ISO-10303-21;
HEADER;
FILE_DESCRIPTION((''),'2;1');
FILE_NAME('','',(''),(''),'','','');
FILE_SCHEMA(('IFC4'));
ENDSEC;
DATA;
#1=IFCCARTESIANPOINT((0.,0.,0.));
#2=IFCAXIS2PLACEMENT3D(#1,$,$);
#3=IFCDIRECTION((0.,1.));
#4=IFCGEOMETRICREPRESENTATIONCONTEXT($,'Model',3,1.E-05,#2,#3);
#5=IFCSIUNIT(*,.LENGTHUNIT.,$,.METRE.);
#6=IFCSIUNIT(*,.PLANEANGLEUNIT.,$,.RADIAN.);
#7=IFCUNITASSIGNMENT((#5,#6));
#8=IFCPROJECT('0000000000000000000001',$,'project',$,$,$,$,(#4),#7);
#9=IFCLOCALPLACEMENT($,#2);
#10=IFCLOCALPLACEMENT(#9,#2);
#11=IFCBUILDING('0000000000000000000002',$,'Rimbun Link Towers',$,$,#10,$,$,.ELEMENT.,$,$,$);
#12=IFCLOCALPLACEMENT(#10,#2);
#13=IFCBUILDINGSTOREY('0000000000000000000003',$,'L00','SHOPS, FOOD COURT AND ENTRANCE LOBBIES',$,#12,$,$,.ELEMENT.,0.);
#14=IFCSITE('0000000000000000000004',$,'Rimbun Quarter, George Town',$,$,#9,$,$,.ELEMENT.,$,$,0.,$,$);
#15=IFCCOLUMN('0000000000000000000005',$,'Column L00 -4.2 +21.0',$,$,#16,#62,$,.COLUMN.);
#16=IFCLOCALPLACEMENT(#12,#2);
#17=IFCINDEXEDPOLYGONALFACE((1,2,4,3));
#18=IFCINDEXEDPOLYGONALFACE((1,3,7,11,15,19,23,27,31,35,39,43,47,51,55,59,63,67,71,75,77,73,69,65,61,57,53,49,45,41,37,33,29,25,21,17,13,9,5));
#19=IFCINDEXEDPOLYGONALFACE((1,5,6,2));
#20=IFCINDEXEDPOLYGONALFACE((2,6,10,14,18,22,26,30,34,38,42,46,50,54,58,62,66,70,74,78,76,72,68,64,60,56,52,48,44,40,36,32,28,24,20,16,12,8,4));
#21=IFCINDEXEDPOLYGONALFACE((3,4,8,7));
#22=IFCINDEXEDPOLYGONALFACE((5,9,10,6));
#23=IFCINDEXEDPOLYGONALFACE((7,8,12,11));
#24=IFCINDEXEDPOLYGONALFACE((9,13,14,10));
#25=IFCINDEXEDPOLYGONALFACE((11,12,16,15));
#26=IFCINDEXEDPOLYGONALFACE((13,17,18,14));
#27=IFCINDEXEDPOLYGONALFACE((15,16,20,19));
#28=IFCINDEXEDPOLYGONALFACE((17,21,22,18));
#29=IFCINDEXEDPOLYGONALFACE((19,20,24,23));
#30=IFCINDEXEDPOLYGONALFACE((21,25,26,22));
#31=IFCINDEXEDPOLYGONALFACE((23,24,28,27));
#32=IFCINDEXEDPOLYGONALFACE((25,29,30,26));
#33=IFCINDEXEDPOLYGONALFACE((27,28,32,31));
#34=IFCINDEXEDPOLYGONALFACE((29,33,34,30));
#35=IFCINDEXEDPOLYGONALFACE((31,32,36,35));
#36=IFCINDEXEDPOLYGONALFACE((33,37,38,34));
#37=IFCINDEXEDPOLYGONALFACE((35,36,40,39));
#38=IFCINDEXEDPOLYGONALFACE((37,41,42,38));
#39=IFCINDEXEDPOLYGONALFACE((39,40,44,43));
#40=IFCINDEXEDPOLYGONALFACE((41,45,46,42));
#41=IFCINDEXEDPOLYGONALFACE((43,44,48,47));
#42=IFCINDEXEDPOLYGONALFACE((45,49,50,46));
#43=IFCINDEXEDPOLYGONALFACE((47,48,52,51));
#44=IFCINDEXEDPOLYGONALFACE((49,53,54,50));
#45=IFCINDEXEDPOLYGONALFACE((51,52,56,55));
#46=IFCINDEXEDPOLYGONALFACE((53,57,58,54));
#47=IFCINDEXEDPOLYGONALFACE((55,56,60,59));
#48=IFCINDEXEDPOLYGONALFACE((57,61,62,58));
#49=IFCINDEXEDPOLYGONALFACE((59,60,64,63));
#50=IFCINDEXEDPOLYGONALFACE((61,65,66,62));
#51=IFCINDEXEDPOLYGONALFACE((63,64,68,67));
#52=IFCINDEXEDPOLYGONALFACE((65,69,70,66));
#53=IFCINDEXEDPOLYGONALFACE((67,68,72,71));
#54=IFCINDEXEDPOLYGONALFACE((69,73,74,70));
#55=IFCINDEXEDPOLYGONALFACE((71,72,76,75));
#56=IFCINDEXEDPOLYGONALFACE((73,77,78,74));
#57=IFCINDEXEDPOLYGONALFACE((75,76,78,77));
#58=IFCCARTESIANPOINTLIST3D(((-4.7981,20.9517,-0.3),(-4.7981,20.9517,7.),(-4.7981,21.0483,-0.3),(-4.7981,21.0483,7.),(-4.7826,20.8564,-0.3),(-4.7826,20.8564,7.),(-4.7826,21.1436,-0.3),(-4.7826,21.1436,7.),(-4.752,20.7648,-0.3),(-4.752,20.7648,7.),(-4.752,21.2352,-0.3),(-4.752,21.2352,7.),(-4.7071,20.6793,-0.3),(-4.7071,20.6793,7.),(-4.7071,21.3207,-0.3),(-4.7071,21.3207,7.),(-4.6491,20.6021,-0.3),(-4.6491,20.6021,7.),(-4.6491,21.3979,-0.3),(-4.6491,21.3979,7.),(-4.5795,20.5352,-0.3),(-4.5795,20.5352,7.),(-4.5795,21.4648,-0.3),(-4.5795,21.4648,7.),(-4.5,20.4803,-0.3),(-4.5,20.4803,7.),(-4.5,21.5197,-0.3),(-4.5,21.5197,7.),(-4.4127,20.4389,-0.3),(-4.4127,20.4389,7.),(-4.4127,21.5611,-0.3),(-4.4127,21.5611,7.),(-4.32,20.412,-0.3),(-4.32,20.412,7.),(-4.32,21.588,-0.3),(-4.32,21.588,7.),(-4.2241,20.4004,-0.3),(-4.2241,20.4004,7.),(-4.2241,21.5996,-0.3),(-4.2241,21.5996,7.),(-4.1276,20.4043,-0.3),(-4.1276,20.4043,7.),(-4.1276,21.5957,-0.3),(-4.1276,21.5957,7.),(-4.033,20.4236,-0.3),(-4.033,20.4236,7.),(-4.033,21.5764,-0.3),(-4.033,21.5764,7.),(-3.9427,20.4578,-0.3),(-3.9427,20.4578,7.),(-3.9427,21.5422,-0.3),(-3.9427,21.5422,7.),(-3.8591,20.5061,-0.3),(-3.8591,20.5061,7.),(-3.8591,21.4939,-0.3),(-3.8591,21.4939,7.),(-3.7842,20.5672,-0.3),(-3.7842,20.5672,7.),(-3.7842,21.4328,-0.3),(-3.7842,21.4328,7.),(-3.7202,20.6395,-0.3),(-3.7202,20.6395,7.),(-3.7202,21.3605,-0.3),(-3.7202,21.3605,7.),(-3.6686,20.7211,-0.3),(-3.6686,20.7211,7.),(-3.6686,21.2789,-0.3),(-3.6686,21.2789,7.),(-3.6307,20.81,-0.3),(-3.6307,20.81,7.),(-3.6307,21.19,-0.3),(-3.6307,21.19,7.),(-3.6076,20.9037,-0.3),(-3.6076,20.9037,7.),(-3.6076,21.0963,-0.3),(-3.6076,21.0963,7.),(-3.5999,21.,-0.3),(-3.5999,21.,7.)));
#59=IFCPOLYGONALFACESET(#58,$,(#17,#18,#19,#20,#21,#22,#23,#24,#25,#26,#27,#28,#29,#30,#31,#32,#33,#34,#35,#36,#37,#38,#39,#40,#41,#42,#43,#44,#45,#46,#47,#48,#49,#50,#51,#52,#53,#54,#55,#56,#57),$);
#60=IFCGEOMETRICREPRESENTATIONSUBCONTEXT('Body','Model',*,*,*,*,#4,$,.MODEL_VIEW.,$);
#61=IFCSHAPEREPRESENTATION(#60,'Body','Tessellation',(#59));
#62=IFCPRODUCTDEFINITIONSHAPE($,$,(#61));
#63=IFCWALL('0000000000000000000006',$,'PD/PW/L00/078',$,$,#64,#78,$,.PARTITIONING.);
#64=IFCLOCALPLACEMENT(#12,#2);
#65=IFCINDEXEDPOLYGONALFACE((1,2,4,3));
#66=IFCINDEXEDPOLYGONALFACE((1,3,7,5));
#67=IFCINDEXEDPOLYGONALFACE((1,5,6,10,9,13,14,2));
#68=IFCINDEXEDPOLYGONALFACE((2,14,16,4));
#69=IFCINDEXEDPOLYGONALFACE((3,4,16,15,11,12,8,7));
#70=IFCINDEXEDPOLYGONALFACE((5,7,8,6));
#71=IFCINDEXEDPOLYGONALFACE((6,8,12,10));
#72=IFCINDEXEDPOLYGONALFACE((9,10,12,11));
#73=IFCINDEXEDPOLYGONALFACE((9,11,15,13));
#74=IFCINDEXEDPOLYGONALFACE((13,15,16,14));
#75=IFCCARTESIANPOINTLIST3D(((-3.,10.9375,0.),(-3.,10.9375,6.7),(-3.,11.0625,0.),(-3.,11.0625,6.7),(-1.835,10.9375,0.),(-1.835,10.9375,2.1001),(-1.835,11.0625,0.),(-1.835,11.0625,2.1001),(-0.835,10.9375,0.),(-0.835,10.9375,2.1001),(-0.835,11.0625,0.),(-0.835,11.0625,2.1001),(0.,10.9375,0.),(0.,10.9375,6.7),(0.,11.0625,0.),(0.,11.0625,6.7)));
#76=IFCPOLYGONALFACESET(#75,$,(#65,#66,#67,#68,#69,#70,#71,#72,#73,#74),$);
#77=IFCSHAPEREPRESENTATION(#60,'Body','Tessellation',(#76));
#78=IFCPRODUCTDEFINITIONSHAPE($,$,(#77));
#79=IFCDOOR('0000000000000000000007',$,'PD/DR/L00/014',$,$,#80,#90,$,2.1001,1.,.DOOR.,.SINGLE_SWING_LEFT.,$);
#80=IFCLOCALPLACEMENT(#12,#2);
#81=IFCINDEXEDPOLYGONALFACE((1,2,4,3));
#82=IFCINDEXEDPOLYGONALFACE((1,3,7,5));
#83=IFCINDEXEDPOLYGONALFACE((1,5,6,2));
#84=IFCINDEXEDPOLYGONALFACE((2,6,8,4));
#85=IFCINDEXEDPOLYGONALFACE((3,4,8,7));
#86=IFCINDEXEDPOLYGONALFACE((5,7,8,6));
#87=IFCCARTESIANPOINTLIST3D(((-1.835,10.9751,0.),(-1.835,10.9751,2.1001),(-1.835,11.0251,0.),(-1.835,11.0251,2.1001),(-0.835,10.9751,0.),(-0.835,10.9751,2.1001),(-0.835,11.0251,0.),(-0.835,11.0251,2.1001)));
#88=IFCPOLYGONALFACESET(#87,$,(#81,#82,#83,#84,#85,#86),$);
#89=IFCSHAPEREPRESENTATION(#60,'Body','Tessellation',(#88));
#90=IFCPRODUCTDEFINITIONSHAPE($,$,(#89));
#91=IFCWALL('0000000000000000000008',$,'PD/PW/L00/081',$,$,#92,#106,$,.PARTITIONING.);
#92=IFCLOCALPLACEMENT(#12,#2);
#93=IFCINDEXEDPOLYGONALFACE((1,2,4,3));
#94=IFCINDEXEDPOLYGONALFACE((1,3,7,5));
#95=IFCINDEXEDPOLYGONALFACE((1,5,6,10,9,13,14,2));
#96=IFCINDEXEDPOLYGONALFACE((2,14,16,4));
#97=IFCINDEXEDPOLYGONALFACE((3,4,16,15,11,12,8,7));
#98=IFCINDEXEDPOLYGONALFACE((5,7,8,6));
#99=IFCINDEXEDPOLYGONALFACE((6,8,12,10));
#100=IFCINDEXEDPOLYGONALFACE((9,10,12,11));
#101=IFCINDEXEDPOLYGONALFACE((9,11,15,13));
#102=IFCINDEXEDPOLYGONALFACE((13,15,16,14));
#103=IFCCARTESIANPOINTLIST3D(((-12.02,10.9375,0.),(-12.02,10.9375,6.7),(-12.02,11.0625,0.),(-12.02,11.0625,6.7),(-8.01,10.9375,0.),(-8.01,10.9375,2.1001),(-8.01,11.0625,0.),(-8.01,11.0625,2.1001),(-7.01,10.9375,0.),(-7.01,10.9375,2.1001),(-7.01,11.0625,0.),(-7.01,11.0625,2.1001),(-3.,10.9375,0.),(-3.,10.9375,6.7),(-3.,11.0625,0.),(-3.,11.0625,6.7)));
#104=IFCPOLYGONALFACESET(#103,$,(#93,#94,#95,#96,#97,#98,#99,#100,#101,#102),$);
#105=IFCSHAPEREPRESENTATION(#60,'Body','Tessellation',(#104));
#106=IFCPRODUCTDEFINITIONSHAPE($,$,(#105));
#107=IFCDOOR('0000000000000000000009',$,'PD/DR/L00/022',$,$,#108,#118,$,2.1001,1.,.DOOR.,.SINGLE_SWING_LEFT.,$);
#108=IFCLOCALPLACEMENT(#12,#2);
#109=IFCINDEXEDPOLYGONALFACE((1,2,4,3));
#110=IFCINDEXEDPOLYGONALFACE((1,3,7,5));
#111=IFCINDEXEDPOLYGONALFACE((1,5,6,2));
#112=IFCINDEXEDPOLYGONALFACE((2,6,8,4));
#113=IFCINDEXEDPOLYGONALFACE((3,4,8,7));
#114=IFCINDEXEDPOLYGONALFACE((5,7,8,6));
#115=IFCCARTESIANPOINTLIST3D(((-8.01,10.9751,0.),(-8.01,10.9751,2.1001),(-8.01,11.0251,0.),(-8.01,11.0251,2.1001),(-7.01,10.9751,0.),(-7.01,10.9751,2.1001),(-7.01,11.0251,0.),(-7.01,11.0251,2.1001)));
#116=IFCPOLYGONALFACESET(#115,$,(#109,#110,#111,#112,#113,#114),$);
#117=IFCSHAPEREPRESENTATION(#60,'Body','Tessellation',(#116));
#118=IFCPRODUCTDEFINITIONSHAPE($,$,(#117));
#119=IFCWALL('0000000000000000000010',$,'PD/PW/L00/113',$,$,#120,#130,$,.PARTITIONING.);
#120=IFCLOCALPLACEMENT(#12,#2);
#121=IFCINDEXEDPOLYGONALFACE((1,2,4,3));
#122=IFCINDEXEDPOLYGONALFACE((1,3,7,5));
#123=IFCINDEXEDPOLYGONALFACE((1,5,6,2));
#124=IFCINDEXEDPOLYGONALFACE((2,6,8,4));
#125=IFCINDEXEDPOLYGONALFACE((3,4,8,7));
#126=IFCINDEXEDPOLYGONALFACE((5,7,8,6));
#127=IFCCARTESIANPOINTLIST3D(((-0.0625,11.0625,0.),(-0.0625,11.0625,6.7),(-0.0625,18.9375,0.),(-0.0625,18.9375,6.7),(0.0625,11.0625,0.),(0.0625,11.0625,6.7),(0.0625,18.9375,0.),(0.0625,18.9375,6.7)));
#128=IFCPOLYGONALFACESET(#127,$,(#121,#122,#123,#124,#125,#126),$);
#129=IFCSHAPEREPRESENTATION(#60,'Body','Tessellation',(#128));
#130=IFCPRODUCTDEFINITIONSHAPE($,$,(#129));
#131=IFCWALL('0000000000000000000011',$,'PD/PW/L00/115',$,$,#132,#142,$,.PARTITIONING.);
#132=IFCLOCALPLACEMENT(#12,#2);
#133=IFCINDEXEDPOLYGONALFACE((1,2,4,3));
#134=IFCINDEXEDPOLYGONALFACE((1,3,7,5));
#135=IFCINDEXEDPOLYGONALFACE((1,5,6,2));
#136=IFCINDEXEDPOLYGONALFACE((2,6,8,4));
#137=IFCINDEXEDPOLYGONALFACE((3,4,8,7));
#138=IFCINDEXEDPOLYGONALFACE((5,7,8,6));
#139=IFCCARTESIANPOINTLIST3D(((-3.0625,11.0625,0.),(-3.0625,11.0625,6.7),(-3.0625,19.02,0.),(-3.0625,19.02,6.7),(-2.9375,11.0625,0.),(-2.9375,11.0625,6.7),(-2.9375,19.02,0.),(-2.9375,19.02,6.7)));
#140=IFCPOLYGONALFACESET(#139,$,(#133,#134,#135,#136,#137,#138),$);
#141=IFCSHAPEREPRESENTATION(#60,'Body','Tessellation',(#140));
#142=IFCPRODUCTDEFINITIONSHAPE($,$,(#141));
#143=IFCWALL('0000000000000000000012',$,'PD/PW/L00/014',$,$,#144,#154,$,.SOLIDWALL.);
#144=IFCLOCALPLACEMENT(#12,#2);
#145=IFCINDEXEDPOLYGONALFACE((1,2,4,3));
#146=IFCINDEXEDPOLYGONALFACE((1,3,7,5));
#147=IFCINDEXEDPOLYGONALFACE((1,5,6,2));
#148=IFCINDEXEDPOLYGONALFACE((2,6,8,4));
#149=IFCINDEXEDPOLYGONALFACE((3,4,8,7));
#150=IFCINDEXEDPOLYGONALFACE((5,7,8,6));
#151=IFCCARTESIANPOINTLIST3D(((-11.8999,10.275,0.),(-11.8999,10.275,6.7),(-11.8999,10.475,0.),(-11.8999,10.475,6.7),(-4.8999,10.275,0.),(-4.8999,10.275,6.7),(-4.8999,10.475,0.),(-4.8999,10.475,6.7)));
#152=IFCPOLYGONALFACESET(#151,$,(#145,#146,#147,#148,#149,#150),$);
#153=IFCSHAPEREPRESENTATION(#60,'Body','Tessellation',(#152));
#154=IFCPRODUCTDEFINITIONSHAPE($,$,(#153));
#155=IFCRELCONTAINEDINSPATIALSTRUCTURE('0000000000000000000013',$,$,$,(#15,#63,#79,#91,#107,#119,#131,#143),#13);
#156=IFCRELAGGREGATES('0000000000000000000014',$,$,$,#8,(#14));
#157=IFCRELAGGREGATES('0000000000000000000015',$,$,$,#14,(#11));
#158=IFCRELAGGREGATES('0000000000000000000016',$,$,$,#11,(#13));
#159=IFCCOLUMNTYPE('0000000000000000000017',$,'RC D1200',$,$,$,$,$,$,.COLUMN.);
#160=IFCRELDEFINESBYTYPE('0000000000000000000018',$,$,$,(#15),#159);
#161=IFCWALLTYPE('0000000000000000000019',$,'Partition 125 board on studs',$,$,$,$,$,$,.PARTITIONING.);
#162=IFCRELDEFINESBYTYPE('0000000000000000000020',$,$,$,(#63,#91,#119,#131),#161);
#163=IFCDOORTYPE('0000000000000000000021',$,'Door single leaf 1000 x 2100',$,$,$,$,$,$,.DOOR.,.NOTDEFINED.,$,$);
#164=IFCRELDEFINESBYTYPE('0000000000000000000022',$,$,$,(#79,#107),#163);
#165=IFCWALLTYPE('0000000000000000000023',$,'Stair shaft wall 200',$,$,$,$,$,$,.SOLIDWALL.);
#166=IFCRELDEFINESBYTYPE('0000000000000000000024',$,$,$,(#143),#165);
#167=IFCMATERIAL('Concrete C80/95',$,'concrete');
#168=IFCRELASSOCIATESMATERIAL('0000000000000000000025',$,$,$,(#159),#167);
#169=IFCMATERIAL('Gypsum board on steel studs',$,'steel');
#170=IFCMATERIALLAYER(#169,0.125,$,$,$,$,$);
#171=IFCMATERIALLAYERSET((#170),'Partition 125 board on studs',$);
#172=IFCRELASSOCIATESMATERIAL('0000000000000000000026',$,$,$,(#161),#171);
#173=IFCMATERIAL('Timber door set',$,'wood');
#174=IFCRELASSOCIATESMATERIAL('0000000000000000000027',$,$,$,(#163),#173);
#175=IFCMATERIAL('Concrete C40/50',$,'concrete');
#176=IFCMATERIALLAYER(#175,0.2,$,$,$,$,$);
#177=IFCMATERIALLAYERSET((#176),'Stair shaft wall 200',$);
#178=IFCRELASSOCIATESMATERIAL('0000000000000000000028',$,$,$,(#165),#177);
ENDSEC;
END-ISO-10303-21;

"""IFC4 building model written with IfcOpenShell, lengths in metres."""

from ifc_helpers import new_model, si_unit, direction, frame, frame_2d, origin, origin_2d, place, context, subcontext, project, spatial, rectangle, circle, extrude, material, layer, layer_set, material_profile, profile_set, type_object, element, fill, save


model = new_model("IFC4")

# Units and contexts
model_context = context("Model", 3, precision=1e-05, world=origin(), true_north=direction((0.0, 1.0)))
body_context = subcontext(model_context, "Body", "Model", "MODEL_VIEW")
ifc_project = project(units=[si_unit("LENGTHUNIT", "METRE"), si_unit("PLANEANGLEUNIT", "RADIAN")], contexts=[model_context])

# Site, building, storey
site_placement = place(None, origin())
site = spatial("IfcSite", under=ifc_project, at=site_placement, Name="Rimbun Quarter, George Town", CompositionType="ELEMENT", RefElevation=0.0)
building_placement = place(site_placement, origin())
building = spatial("IfcBuilding", under=site, at=building_placement, Name="Rimbun Link Towers", CompositionType="ELEMENT")
storey_placement = place(building_placement, origin())
storey = spatial("IfcBuildingStorey", under=building, at=storey_placement, Name="L00", Description="SHOPS, FOOD COURT AND ENTRANCE LOBBIES", CompositionType="ELEMENT", Elevation=0.0)

# Column
ifc_material_1 = material(Name="Concrete C80/95", Category="concrete")
ifc_material_profile_1 = material_profile(ifc_material_1, circle(Radius=0.6001, at=origin_2d()), Name="RC D1200")
ifc_profile_set_1 = profile_set([ifc_material_profile_1], Name="Concrete C80/95")
column_type = type_object("IfcColumnType", Name="RC D1200", PredefinedType="COLUMN", material=ifc_profile_set_1)
column_placement = place(storey_placement, frame((-4.2, 21.0, -0.3), z_axis=(0.0, 0.0, 1.0), x_axis=(1.0, 0.0, 0.0)))
element("IfcColumn", 1, at=column_placement, inside=storey, type_object=column_type, Name="Column L00 -4.2 +21.0", PredefinedType="COLUMN", context=body_context, shape_type="SweptSolid", body=[
    extrude(circle(Radius=0.6001, at=origin_2d()), origin(), (0.0, 0.0, 1.0), 7.3),
])

# Walls, openings, doors
ifc_material_2 = material(Name="Gypsum board on steel studs", Category="steel")
ifc_layer_1 = layer(ifc_material_2, 0.125)
ifc_layer_set_1 = layer_set([ifc_layer_1], Name="Partition 125 board on studs")
wall_type_1 = type_object("IfcWallType", Name="Partition 125 board on studs", PredefinedType="PARTITIONING", material=ifc_layer_set_1)
wall_1_placement = place(storey_placement, frame((0.0, 11.0, 0.0), z_axis=(0.0, 0.0, 1.0), x_axis=(-1.0, 0.0, 0.0)))
wall_1 = element("IfcWall", 2, at=wall_1_placement, inside=storey, type_object=wall_type_1, Name="PD/PW/L00/078", PredefinedType="PARTITIONING", context=body_context, shape_type="SweptSolid", body=[
    extrude(rectangle(XDim=3.0, YDim=0.125, at=frame_2d((1.5, 0.0))), origin(), (0.0, 0.0, 1.0), 6.7),
])
opening_1_placement = place(wall_1_placement, frame((0.835, 0.0, 0.0)))
opening_1 = element("IfcOpeningElement", 3, at=opening_1_placement, cuts=wall_1, PredefinedType="OPENING", context=body_context, shape_type="SweptSolid", body=[
    extrude(rectangle(XDim=1.0, YDim=2.1001, at=frame_2d((0.5, 1.05))), frame((0.0, 0.0725, 0.0), z_axis=(0.0, -1.0, 0.0), x_axis=(1.0, 0.0, 0.0)), (0.0, 0.0, 1.0), 0.145),
])
ifc_material_3 = material(Name="Timber door set", Category="wood")
door_type_1 = type_object("IfcDoorType", Name="Door single leaf 1000 x 2100", OperationType="NOTDEFINED", PredefinedType="DOOR", material=ifc_material_3)
door_1_placement = place(opening_1_placement, origin())
door_1 = element("IfcDoor", 4, at=door_1_placement, inside=storey, type_object=door_type_1, Name="PD/DR/L00/014", OperationType="SINGLE_SWING_LEFT", OverallHeight=2.1001, OverallWidth=1.0, PredefinedType="DOOR", context=body_context, shape_type="SweptSolid", body=[
    extrude(rectangle(XDim=1.0, YDim=2.1001, at=frame_2d((0.5, 1.05))), frame((0.0, 0.0249, 0.0), z_axis=(0.0, -1.0, 0.0), x_axis=(1.0, 0.0, 0.0)), (0.0, 0.0, 1.0), 0.05),
])
fill(opening_1, door_1)
wall_2_placement = place(storey_placement, frame((-3.0, 11.0, 0.0), z_axis=(0.0, 0.0, 1.0), x_axis=(-1.0, 0.0, 0.0)))
wall_2 = element("IfcWall", 5, at=wall_2_placement, inside=storey, type_object=wall_type_1, Name="PD/PW/L00/081", PredefinedType="PARTITIONING", context=body_context, shape_type="SweptSolid", body=[
    extrude(rectangle(XDim=9.02, YDim=0.125, at=frame_2d((4.51, 0.0))), origin(), (0.0, 0.0, 1.0), 6.7),
])
opening_2_placement = place(wall_2_placement, frame((4.01, 0.0, 0.0)))
opening_2 = element("IfcOpeningElement", 6, at=opening_2_placement, cuts=wall_2, PredefinedType="OPENING", context=body_context, shape_type="SweptSolid", body=[
    extrude(rectangle(XDim=1.0, YDim=2.1001, at=frame_2d((0.5, 1.05))), frame((0.0, 0.0725, 0.0), z_axis=(0.0, -1.0, 0.0), x_axis=(1.0, 0.0, 0.0)), (0.0, 0.0, 1.0), 0.145),
])
door_2_placement = place(opening_2_placement, origin())
door_2 = element("IfcDoor", 7, at=door_2_placement, inside=storey, type_object=door_type_1, Name="PD/DR/L00/022", OperationType="SINGLE_SWING_LEFT", OverallHeight=2.1001, OverallWidth=1.0, PredefinedType="DOOR", context=body_context, shape_type="SweptSolid", body=[
    extrude(rectangle(XDim=1.0, YDim=2.1001, at=frame_2d((0.5, 1.05))), frame((0.0, 0.0249, 0.0), z_axis=(0.0, -1.0, 0.0), x_axis=(1.0, 0.0, 0.0)), (0.0, 0.0, 1.0), 0.05),
])
fill(opening_2, door_2)

# Walls
wall_3_placement = place(storey_placement, frame((0.0, 11.0625, 0.0), z_axis=(0.0, 0.0, 1.0), x_axis=(0.0, 1.0, 0.0)))
element("IfcWall", 8, at=wall_3_placement, inside=storey, type_object=wall_type_1, Name="PD/PW/L00/113", PredefinedType="PARTITIONING", context=body_context, shape_type="SweptSolid", body=[
    extrude(rectangle(XDim=7.875, YDim=0.125, at=frame_2d((3.9375, 0.0))), origin(), (0.0, 0.0, 1.0), 6.7),
])
wall_4_placement = place(storey_placement, frame((-3.0, 19.02, 0.0), z_axis=(0.0, 0.0, 1.0), x_axis=(0.0, -1.0, 0.0)))
element("IfcWall", 9, at=wall_4_placement, inside=storey, type_object=wall_type_1, Name="PD/PW/L00/115", PredefinedType="PARTITIONING", context=body_context, shape_type="SweptSolid", body=[
    extrude(rectangle(XDim=7.9575, YDim=0.125, at=frame_2d((3.9788, 0.0))), origin(), (0.0, 0.0, 1.0), 6.7),
])
ifc_material_4 = material(Name="Concrete C40/50", Category="concrete")
ifc_layer_2 = layer(ifc_material_4, 0.2)
ifc_layer_set_2 = layer_set([ifc_layer_2], Name="Stair shaft wall 200")
wall_type_2 = type_object("IfcWallType", Name="Stair shaft wall 200", PredefinedType="SOLIDWALL", material=ifc_layer_set_2)
wall_5_placement = place(storey_placement, frame((-4.8999, 10.375, 0.0), z_axis=(0.0, 0.0, 1.0), x_axis=(-1.0, 0.0, 0.0)))
element("IfcWall", 10, at=wall_5_placement, inside=storey, type_object=wall_type_2, Name="PD/PW/L00/014", PredefinedType="SOLIDWALL", context=body_context, shape_type="SweptSolid", body=[
    extrude(rectangle(XDim=7.0, YDim=0.2, at=frame_2d((3.5, 0.0))), origin(), (0.0, 0.0, 1.0), 6.7),
])

save(model, "model.ifc")
